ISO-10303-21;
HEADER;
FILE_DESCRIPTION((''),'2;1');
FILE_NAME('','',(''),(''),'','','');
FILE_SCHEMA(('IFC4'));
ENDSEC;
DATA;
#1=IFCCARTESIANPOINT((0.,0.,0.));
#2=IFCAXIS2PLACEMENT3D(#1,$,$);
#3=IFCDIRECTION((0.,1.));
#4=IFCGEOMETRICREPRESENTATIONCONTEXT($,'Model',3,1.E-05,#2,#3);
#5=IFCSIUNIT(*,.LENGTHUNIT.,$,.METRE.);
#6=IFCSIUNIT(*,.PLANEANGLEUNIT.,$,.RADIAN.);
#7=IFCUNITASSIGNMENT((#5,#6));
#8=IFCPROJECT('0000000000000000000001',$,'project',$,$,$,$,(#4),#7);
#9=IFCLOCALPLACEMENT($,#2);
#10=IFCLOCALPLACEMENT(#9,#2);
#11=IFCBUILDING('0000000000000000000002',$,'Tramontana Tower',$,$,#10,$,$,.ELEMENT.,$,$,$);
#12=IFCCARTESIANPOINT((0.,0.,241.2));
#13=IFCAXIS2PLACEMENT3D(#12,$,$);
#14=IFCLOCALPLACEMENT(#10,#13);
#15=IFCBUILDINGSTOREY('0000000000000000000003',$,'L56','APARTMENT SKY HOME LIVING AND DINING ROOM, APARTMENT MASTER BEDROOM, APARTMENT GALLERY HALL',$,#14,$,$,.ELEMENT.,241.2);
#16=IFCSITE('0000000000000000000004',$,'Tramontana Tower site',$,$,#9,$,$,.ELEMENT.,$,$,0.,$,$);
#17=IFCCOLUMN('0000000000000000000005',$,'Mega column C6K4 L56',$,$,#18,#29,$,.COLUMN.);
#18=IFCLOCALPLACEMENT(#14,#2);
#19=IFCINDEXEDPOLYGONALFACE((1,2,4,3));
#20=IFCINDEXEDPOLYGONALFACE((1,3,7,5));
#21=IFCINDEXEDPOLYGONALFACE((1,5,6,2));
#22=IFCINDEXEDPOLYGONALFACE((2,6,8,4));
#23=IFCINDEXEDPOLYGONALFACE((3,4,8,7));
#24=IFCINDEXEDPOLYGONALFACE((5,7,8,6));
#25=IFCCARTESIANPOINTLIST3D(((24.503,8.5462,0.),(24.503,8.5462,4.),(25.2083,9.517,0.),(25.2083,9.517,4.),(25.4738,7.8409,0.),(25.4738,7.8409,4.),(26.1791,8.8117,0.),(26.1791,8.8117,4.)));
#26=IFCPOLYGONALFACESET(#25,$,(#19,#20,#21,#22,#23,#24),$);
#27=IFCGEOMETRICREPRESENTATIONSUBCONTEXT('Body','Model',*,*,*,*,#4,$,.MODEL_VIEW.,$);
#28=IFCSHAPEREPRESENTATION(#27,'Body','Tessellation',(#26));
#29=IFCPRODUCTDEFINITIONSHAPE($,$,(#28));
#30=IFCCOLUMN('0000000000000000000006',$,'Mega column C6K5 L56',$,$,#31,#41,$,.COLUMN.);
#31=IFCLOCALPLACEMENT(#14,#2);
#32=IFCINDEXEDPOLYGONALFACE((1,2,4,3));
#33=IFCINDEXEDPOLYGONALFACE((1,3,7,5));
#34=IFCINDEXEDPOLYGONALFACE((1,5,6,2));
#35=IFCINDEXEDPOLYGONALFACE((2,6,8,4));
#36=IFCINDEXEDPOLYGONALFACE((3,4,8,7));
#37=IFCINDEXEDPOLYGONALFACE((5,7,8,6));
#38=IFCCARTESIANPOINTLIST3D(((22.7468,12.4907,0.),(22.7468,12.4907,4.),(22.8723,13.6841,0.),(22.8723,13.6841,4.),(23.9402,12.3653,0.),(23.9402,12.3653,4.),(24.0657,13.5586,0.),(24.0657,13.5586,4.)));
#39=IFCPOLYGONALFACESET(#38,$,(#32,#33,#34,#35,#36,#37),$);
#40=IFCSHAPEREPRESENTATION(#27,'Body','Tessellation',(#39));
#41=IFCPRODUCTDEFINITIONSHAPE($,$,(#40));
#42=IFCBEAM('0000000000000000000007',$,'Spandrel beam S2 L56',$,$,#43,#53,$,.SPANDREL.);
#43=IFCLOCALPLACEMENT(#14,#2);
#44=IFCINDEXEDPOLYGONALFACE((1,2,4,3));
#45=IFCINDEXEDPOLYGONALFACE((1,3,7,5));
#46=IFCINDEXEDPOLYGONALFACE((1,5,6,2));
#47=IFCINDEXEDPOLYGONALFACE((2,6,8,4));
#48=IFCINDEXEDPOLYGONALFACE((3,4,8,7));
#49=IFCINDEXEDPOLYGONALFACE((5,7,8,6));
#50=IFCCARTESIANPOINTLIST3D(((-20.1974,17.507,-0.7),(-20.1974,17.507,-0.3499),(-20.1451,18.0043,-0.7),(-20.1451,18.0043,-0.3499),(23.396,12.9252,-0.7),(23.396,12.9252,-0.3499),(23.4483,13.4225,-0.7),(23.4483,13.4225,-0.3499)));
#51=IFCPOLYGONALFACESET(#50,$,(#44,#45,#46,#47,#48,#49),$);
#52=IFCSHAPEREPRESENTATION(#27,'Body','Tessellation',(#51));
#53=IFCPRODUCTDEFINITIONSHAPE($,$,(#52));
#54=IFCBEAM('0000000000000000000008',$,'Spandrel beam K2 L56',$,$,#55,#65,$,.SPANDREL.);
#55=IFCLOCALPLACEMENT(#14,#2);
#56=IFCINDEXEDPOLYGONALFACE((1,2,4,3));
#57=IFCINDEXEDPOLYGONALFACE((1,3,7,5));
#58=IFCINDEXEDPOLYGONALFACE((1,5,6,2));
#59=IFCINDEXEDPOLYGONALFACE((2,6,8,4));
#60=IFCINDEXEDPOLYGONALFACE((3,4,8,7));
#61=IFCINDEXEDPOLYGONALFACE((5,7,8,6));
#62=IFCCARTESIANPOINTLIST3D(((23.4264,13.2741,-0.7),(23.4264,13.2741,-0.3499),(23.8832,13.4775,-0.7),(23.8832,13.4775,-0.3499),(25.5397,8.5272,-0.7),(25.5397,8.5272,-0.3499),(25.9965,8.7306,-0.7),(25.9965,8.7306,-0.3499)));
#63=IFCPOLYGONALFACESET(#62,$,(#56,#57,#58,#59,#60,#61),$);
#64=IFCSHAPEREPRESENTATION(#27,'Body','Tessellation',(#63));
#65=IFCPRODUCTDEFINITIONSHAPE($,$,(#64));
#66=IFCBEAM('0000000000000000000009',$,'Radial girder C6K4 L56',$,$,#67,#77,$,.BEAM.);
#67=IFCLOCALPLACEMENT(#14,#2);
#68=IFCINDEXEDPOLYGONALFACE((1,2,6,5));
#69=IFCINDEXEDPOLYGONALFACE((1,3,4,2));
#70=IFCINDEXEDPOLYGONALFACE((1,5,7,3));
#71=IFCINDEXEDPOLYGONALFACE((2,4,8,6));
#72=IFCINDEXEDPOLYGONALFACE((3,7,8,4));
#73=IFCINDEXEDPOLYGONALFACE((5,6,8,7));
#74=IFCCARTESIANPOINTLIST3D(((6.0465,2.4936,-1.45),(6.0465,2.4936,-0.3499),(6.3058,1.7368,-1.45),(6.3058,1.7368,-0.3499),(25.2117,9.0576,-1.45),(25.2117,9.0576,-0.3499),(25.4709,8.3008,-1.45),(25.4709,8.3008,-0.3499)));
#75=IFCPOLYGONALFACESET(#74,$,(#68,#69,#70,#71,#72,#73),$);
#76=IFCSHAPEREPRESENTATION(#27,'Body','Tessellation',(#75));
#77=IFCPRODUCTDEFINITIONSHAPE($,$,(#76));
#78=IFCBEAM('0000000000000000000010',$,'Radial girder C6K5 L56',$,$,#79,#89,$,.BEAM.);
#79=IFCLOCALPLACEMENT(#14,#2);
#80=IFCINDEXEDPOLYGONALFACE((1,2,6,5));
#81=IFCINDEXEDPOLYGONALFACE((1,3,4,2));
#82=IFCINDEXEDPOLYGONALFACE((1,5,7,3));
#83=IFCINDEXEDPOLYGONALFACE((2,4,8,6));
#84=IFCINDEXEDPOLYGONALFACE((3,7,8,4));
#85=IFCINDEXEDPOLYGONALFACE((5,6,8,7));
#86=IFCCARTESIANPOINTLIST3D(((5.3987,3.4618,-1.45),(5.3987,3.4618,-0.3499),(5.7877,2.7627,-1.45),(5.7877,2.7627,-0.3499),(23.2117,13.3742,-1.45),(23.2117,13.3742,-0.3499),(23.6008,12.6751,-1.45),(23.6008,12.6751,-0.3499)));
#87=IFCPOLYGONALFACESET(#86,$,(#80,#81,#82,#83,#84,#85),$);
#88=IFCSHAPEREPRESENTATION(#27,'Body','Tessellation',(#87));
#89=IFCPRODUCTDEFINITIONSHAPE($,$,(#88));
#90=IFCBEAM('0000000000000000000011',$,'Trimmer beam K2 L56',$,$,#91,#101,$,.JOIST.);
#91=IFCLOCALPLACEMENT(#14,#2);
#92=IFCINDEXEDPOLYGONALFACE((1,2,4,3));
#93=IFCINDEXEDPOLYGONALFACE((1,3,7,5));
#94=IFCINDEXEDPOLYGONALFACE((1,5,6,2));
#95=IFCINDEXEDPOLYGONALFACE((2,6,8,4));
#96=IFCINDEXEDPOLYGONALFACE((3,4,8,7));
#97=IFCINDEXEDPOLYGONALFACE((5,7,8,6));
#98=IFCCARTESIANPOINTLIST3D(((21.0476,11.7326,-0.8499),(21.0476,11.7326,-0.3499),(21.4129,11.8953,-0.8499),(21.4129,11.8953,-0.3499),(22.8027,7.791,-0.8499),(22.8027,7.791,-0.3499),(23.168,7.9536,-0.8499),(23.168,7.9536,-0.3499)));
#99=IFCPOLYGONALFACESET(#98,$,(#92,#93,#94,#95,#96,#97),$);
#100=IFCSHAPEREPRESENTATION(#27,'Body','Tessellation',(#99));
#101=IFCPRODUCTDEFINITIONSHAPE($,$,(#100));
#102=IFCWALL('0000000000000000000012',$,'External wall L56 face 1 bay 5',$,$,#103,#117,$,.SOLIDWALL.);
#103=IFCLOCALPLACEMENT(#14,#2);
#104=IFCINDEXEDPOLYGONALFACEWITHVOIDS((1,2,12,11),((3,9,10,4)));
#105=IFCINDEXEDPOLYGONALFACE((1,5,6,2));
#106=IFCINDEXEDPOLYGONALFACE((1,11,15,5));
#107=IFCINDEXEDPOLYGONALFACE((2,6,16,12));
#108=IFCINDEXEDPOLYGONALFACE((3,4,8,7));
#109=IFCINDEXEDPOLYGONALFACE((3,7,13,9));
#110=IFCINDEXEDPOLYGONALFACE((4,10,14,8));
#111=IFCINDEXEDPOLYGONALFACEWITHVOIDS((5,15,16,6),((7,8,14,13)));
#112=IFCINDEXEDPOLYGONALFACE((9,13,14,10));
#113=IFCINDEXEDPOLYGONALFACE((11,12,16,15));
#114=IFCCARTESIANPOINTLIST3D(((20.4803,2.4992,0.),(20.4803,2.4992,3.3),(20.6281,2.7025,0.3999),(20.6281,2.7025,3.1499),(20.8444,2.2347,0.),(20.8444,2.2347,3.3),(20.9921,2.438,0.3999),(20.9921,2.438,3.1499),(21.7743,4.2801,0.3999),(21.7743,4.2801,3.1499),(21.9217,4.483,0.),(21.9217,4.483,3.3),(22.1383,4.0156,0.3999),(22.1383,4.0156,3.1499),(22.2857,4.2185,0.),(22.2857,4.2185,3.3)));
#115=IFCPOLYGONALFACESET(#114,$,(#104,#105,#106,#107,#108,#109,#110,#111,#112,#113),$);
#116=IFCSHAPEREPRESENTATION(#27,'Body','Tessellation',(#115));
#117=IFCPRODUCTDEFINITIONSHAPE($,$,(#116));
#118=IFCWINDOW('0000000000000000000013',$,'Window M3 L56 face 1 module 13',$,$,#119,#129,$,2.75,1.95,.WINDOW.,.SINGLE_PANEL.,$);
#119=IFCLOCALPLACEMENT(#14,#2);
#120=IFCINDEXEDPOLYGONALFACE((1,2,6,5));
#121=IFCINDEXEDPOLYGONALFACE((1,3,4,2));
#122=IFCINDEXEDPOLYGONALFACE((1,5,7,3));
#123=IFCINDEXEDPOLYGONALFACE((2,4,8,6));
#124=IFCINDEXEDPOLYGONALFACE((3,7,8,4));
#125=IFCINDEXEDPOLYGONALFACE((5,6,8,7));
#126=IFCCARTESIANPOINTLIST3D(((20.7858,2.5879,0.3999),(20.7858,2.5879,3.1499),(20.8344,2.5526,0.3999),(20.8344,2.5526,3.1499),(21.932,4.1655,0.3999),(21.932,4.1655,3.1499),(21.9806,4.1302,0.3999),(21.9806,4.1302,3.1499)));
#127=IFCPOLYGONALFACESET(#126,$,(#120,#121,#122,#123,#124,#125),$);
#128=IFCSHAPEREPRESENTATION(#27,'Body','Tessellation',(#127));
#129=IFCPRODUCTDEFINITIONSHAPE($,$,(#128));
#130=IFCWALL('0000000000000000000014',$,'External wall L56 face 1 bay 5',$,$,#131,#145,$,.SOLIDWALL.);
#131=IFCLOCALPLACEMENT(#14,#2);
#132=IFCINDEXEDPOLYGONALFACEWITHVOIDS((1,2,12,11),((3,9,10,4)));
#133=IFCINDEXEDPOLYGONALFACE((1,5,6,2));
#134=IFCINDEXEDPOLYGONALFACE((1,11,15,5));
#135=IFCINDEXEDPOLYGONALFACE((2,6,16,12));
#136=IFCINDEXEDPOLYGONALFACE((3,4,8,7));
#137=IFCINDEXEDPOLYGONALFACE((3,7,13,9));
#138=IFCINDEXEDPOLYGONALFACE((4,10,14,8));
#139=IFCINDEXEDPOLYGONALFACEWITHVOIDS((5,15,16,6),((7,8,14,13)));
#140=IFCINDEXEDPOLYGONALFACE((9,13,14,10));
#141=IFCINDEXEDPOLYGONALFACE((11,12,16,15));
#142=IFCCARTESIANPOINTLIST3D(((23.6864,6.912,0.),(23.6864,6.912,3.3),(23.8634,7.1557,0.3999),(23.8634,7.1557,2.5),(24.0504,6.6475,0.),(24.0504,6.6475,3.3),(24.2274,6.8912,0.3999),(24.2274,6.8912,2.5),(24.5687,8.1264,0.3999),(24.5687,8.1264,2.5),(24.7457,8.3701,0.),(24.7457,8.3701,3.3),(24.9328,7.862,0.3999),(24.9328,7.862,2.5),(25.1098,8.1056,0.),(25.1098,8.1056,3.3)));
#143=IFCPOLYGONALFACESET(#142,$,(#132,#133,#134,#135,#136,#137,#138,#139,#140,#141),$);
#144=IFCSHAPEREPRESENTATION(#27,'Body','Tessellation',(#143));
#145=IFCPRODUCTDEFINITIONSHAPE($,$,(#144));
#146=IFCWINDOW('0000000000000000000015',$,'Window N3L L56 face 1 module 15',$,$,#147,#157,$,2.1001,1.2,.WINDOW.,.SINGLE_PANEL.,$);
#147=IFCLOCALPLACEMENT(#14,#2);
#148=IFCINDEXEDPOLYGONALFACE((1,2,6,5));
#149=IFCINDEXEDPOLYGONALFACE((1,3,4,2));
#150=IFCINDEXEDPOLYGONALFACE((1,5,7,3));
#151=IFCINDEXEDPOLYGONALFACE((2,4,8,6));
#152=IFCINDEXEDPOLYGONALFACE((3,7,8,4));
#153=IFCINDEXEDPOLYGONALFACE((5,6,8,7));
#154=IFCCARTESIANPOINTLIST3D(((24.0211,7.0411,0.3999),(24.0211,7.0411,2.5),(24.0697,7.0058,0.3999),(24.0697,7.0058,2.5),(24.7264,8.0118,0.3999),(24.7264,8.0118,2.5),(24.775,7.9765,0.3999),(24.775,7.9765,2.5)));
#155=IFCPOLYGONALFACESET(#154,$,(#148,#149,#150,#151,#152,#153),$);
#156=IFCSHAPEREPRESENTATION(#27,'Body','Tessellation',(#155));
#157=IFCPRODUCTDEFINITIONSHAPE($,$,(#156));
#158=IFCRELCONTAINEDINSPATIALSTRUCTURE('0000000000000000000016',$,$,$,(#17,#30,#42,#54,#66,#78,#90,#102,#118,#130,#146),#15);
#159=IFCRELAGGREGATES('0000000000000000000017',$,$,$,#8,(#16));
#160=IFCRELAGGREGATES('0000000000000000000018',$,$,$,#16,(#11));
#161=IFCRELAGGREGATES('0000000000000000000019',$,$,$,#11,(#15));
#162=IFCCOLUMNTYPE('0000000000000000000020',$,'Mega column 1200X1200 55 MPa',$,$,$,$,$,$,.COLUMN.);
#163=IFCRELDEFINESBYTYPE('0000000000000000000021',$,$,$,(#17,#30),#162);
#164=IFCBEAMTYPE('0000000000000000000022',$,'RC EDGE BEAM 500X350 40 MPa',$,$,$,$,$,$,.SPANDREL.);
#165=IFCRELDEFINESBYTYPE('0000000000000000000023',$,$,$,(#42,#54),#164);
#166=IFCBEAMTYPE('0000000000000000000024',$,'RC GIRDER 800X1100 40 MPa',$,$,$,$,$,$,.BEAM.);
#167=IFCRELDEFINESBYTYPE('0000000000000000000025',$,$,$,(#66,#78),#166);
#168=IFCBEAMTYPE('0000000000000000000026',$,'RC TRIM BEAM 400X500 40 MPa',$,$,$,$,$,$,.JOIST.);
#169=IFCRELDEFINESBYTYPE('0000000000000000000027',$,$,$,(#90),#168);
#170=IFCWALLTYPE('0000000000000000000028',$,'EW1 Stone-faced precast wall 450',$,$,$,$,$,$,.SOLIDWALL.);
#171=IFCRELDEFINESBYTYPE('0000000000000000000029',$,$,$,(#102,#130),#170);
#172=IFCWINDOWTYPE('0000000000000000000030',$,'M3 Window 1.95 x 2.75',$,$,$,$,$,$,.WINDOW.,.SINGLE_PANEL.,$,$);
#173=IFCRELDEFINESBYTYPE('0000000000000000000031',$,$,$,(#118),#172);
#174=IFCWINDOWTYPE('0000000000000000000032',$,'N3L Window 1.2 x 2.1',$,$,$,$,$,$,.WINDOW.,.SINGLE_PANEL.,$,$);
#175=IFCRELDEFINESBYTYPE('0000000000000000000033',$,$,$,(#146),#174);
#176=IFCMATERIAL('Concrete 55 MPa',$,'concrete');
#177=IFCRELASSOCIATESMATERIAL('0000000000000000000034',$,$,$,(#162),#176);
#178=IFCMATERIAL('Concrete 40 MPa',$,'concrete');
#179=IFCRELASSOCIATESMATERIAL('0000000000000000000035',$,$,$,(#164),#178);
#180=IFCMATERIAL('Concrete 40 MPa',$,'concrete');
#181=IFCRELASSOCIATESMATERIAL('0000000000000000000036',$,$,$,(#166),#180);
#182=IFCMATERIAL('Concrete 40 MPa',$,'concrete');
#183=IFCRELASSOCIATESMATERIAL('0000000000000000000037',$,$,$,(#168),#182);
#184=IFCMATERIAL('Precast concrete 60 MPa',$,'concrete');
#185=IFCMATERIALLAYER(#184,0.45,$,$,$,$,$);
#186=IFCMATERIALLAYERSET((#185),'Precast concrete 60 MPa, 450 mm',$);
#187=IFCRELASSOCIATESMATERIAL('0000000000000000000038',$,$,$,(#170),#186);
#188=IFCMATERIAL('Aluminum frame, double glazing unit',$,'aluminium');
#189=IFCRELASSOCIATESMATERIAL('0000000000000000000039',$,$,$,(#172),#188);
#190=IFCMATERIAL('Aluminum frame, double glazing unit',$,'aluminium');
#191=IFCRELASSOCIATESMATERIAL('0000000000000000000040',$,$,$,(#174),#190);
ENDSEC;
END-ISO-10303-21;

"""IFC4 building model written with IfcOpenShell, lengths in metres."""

from ifc_helpers import new_model, si_unit, direction, frame, frame_2d, origin, origin_2d, place, context, subcontext, project, spatial, rectangle, extrude, material, layer, layer_set, material_profile, profile_set, type_object, element, fill, save


model = new_model("IFC4")

# Units and contexts
model_context = context("Model", 3, precision=1e-05, world=origin(), true_north=direction((0.0, 1.0)))
body_context = subcontext(model_context, "Body", "Model", "MODEL_VIEW")
ifc_project = project(units=[si_unit("LENGTHUNIT", "METRE"), si_unit("PLANEANGLEUNIT", "RADIAN")], contexts=[model_context])

# Site, building, storey
site_placement = place(None, origin())
site = spatial("IfcSite", under=ifc_project, at=site_placement, Name="Tramontana Tower site", CompositionType="ELEMENT", RefElevation=0.0)
building_placement = place(site_placement, origin())
building = spatial("IfcBuilding", under=site, at=building_placement, Name="Tramontana Tower", CompositionType="ELEMENT")
storey_placement = place(building_placement, frame((0.0, 0.0, 241.2)))
storey = spatial("IfcBuildingStorey", under=building, at=storey_placement, Name="L56", Description="APARTMENT SKY HOME LIVING AND DINING ROOM, APARTMENT MASTER BEDROOM, APARTMENT GALLERY HALL", CompositionType="ELEMENT", Elevation=241.2)

# Columns
ifc_material_1 = material(Name="Concrete 55 MPa", Category="concrete")
ifc_material_profile_1 = material_profile(ifc_material_1, rectangle(XDim=1.2, YDim=1.2, at=origin_2d()), Name="Mega column 1200X1200 55 MPa")
ifc_profile_set_1 = profile_set([ifc_material_profile_1], Name="Concrete 55 MPa")
column_type = type_object("IfcColumnType", Name="Mega column 1200X1200 55 MPa", PredefinedType="COLUMN", material=ifc_profile_set_1)
for number, where, z_axis, x_axis, name in (
    (1, (25.3411, 8.679, 0.0), (0.0, 0.0, 1.0), (0.587785, 0.809017, 0.0), "Mega column C6K4 L56"),
    (2, (23.4062, 13.0247, 0.0), (0.0, 0.0, 1.0), (-0.994522, 0.104528, 0.0), "Mega column C6K5 L56"),
):
    element("IfcColumn", number, at=place(storey_placement, frame(where, z_axis=z_axis, x_axis=x_axis)), inside=storey, type_object=column_type, Name=name, PredefinedType="COLUMN", context=body_context, shape_type="SweptSolid", body=[
        extrude(rectangle(XDim=1.2, YDim=1.2, at=origin_2d()), origin(), (0.0, 0.0, 1.0), 4.0),
    ])

# Beams
ifc_material_2 = material(Name="Concrete 40 MPa", Category="concrete")
ifc_material_profile_2 = material_profile(ifc_material_2, rectangle(XDim=0.5, YDim=0.3501, at=origin_2d()), Name="RC EDGE BEAM 500X350 40 MPa")
ifc_profile_set_2 = profile_set([ifc_material_profile_2], Name="Concrete 40 MPa")
beam_type_1 = type_object("IfcBeamType", Name="RC EDGE BEAM 500X350 40 MPa", PredefinedType="SPANDREL", material=ifc_profile_set_2)
beam_1_placement = place(storey_placement, frame((23.4221, 13.1738, -0.5249), z_axis=(-0.994522, 0.104527, 0.0), x_axis=(-0.104527, -0.994522, 0.0)))
element("IfcBeam", 3, at=beam_1_placement, inside=storey, type_object=beam_type_1, Name="Spandrel beam S2 L56", PredefinedType="SPANDREL", context=body_context, shape_type="SweptSolid", body=[
    extrude(rectangle(XDim=0.5, YDim=0.3501, at=origin_2d()), origin(), (0.0, 0.0, 1.0), 43.8335),
])
beam_2_placement = place(storey_placement, frame((25.7681, 8.6289, -0.5249), z_axis=(-0.406714, 0.913556, 0.0), x_axis=(-0.913556, -0.406714, 0.0)))
element("IfcBeam", 4, at=beam_2_placement, inside=storey, type_object=beam_type_1, Name="Spandrel beam K2 L56", PredefinedType="SPANDREL", context=body_context, shape_type="SweptSolid", body=[
    extrude(rectangle(XDim=0.5, YDim=0.3501, at=origin_2d()), origin(), (0.0, 0.0, 1.0), 5.196),
])
ifc_material_3 = material(Name="Concrete 40 MPa", Category="concrete")
ifc_material_profile_3 = material_profile(ifc_material_3, rectangle(XDim=0.8, YDim=1.1001, at=origin_2d()), Name="RC GIRDER 800X1100 40 MPa")
ifc_profile_set_3 = profile_set([ifc_material_profile_3], Name="Concrete 40 MPa")
beam_type_2 = type_object("IfcBeamType", Name="RC GIRDER 800X1100 40 MPa", PredefinedType="BEAM", material=ifc_profile_set_3)
beam_3_placement = place(storey_placement, frame((25.3413, 8.6792, -0.8999), z_axis=(-0.94605, -0.324019, 0.0), x_axis=(0.324019, -0.94605, 0.0)))
element("IfcBeam", 5, at=beam_3_placement, inside=storey, type_object=beam_type_2, Name="Radial girder C6K4 L56", PredefinedType="BEAM", context=body_context, shape_type="SweptSolid", body=[
    extrude(rectangle(XDim=0.8, YDim=1.1001, at=origin_2d()), origin(), (0.0, 0.0, 1.0), 20.2581),
])
beam_4_placement = place(storey_placement, frame((23.4062, 13.0247, -0.8999), z_axis=(-0.873819, -0.486252, 0.0), x_axis=(0.486252, -0.873819, 0.0)))
element("IfcBeam", 6, at=beam_4_placement, inside=storey, type_object=beam_type_2, Name="Radial girder C6K5 L56", PredefinedType="BEAM", context=body_context, shape_type="SweptSolid", body=[
    extrude(rectangle(XDim=0.8, YDim=1.1001, at=origin_2d()), origin(), (0.0, 0.0, 1.0), 20.3853),
])
ifc_material_4 = material(Name="Concrete 40 MPa", Category="concrete")
ifc_material_profile_4 = material_profile(ifc_material_4, rectangle(XDim=0.3999, YDim=0.5, at=origin_2d()), Name="RC TRIM BEAM 400X500 40 MPa")
ifc_profile_set_4 = profile_set([ifc_material_profile_4], Name="Concrete 40 MPa")
beam_type_3 = type_object("IfcBeamType", Name="RC TRIM BEAM 400X500 40 MPa", PredefinedType="JOIST", material=ifc_profile_set_4)
beam_5_placement = place(storey_placement, frame((22.9854, 7.8723, -0.5999), z_axis=(-0.406774, 0.913529, 0.0), x_axis=(-0.913529, -0.406774, 0.0)))
element("IfcBeam", 7, at=beam_5_placement, inside=storey, type_object=beam_type_3, Name="Trimmer beam K2 L56", PredefinedType="JOIST", context=body_context, shape_type="SweptSolid", body=[
    extrude(rectangle(XDim=0.3999, YDim=0.5, at=origin_2d()), origin(), (0.0, 0.0, 1.0), 4.3147),
])

# Walls, openings, windows
ifc_material_5 = material(Name="Precast concrete 60 MPa", Category="concrete")
ifc_layer_1 = layer(ifc_material_5, 0.45)
ifc_layer_set_1 = layer_set([ifc_layer_1], Name="Precast concrete 60 MPa, 450 mm")
wall_type_1 = type_object("IfcWallType", Name="EW1 Stone-faced precast wall 450", PredefinedType="SOLIDWALL", material=ifc_layer_set_1)
wall_1_placement = place(storey_placement, frame((20.6624, 2.3669, 0.0), z_axis=(0.0, 0.0, 1.0), x_axis=(0.587793, 0.809012, 0.0)))
wall_1 = element("IfcWall", 8, at=wall_1_placement, inside=storey, type_object=wall_type_1, Name="External wall L56 face 1 bay 5", PredefinedType="SOLIDWALL", context=body_context, shape_type="SweptSolid", body=[
    extrude(rectangle(XDim=2.4521, YDim=0.45, at=frame_2d((1.2261, 0.0))), origin(), (0.0, 0.0, 1.0), 3.3),
])
opening_1_placement = place(wall_1_placement, frame((0.2512, 0.0, 0.3999)))
opening_1 = element("IfcOpeningElement", 9, at=opening_1_placement, cuts=wall_1, PredefinedType="OPENING", context=body_context, shape_type="SweptSolid", body=[
    extrude(rectangle(XDim=1.95, YDim=2.75, at=frame_2d((0.9751, 1.375))), frame((0.0, 0.2349, 0.0), z_axis=(0.0, -1.0, 0.0), x_axis=(1.0, 0.0, 0.0)), (0.0, 0.0, 1.0), 0.47),
])
ifc_material_6 = material(Name="Aluminum frame, double glazing unit", Category="aluminium")
window_type_1 = type_object("IfcWindowType", Name="M3 Window 1.95 x 2.75", PartitioningType="SINGLE_PANEL", PredefinedType="WINDOW", material=ifc_material_6)
window_1_placement = place(opening_1_placement, origin())
window_1 = element("IfcWindow", 10, at=window_1_placement, inside=storey, type_object=window_type_1, Name="Window M3 L56 face 1 module 13", OverallHeight=2.75, OverallWidth=1.95, PartitioningType="SINGLE_PANEL", PredefinedType="WINDOW", context=body_context, shape_type="SweptSolid", body=[
    extrude(rectangle(XDim=1.95, YDim=2.75, at=frame_2d((0.9751, 1.375))), frame((0.0, 0.03, 0.0), z_axis=(0.0, -1.0, 0.0), x_axis=(1.0, 0.0, 0.0)), (0.0, 0.0, 1.0), 0.0601),
])
fill(opening_1, window_1)
wall_2_placement = place(storey_placement, frame((23.8684, 6.7798, 0.0), z_axis=(0.0, 0.0, 1.0), x_axis=(0.587793, 0.809011, 0.0)))
wall_2 = element("IfcWall", 11, at=wall_2_placement, inside=storey, type_object=wall_type_1, Name="External wall L56 face 1 bay 5", PredefinedType="SOLIDWALL", context=body_context, shape_type="SweptSolid", body=[
    extrude(rectangle(XDim=1.8022, YDim=0.45, at=frame_2d((0.9011, 0.0))), origin(), (0.0, 0.0, 1.0), 3.3),
])
opening_2_placement = place(wall_2_placement, frame((0.301, 0.0, 0.3999)))
opening_2 = element("IfcOpeningElement", 12, at=opening_2_placement, cuts=wall_2, PredefinedType="OPENING", context=body_context, shape_type="SweptSolid", body=[
    extrude(rectangle(XDim=1.2, YDim=2.1001, at=frame_2d((0.6001, 1.05))), frame((0.0, 0.2349, 0.0), z_axis=(0.0, -1.0, 0.0), x_axis=(1.0, 0.0, 0.0)), (0.0, 0.0, 1.0), 0.47),
])
ifc_material_7 = material(Name="Aluminum frame, double glazing unit", Category="aluminium")
window_type_2 = type_object("IfcWindowType", Name="N3L Window 1.2 x 2.1", PartitioningType="SINGLE_PANEL", PredefinedType="WINDOW", material=ifc_material_7)
window_2_placement = place(opening_2_placement, origin())
window_2 = element("IfcWindow", 13, at=window_2_placement, inside=storey, type_object=window_type_2, Name="Window N3L L56 face 1 module 15", OverallHeight=2.1001, OverallWidth=1.2, PartitioningType="SINGLE_PANEL", PredefinedType="WINDOW", context=body_context, shape_type="SweptSolid", body=[
    extrude(rectangle(XDim=1.2, YDim=2.1001, at=frame_2d((0.6001, 1.05))), frame((0.0, 0.03, 0.0), z_axis=(0.0, -1.0, 0.0), x_axis=(1.0, 0.0, 0.0)), (0.0, 0.0, 1.0), 0.0601),
])
fill(opening_2, window_2)

save(model, "model.ifc")
